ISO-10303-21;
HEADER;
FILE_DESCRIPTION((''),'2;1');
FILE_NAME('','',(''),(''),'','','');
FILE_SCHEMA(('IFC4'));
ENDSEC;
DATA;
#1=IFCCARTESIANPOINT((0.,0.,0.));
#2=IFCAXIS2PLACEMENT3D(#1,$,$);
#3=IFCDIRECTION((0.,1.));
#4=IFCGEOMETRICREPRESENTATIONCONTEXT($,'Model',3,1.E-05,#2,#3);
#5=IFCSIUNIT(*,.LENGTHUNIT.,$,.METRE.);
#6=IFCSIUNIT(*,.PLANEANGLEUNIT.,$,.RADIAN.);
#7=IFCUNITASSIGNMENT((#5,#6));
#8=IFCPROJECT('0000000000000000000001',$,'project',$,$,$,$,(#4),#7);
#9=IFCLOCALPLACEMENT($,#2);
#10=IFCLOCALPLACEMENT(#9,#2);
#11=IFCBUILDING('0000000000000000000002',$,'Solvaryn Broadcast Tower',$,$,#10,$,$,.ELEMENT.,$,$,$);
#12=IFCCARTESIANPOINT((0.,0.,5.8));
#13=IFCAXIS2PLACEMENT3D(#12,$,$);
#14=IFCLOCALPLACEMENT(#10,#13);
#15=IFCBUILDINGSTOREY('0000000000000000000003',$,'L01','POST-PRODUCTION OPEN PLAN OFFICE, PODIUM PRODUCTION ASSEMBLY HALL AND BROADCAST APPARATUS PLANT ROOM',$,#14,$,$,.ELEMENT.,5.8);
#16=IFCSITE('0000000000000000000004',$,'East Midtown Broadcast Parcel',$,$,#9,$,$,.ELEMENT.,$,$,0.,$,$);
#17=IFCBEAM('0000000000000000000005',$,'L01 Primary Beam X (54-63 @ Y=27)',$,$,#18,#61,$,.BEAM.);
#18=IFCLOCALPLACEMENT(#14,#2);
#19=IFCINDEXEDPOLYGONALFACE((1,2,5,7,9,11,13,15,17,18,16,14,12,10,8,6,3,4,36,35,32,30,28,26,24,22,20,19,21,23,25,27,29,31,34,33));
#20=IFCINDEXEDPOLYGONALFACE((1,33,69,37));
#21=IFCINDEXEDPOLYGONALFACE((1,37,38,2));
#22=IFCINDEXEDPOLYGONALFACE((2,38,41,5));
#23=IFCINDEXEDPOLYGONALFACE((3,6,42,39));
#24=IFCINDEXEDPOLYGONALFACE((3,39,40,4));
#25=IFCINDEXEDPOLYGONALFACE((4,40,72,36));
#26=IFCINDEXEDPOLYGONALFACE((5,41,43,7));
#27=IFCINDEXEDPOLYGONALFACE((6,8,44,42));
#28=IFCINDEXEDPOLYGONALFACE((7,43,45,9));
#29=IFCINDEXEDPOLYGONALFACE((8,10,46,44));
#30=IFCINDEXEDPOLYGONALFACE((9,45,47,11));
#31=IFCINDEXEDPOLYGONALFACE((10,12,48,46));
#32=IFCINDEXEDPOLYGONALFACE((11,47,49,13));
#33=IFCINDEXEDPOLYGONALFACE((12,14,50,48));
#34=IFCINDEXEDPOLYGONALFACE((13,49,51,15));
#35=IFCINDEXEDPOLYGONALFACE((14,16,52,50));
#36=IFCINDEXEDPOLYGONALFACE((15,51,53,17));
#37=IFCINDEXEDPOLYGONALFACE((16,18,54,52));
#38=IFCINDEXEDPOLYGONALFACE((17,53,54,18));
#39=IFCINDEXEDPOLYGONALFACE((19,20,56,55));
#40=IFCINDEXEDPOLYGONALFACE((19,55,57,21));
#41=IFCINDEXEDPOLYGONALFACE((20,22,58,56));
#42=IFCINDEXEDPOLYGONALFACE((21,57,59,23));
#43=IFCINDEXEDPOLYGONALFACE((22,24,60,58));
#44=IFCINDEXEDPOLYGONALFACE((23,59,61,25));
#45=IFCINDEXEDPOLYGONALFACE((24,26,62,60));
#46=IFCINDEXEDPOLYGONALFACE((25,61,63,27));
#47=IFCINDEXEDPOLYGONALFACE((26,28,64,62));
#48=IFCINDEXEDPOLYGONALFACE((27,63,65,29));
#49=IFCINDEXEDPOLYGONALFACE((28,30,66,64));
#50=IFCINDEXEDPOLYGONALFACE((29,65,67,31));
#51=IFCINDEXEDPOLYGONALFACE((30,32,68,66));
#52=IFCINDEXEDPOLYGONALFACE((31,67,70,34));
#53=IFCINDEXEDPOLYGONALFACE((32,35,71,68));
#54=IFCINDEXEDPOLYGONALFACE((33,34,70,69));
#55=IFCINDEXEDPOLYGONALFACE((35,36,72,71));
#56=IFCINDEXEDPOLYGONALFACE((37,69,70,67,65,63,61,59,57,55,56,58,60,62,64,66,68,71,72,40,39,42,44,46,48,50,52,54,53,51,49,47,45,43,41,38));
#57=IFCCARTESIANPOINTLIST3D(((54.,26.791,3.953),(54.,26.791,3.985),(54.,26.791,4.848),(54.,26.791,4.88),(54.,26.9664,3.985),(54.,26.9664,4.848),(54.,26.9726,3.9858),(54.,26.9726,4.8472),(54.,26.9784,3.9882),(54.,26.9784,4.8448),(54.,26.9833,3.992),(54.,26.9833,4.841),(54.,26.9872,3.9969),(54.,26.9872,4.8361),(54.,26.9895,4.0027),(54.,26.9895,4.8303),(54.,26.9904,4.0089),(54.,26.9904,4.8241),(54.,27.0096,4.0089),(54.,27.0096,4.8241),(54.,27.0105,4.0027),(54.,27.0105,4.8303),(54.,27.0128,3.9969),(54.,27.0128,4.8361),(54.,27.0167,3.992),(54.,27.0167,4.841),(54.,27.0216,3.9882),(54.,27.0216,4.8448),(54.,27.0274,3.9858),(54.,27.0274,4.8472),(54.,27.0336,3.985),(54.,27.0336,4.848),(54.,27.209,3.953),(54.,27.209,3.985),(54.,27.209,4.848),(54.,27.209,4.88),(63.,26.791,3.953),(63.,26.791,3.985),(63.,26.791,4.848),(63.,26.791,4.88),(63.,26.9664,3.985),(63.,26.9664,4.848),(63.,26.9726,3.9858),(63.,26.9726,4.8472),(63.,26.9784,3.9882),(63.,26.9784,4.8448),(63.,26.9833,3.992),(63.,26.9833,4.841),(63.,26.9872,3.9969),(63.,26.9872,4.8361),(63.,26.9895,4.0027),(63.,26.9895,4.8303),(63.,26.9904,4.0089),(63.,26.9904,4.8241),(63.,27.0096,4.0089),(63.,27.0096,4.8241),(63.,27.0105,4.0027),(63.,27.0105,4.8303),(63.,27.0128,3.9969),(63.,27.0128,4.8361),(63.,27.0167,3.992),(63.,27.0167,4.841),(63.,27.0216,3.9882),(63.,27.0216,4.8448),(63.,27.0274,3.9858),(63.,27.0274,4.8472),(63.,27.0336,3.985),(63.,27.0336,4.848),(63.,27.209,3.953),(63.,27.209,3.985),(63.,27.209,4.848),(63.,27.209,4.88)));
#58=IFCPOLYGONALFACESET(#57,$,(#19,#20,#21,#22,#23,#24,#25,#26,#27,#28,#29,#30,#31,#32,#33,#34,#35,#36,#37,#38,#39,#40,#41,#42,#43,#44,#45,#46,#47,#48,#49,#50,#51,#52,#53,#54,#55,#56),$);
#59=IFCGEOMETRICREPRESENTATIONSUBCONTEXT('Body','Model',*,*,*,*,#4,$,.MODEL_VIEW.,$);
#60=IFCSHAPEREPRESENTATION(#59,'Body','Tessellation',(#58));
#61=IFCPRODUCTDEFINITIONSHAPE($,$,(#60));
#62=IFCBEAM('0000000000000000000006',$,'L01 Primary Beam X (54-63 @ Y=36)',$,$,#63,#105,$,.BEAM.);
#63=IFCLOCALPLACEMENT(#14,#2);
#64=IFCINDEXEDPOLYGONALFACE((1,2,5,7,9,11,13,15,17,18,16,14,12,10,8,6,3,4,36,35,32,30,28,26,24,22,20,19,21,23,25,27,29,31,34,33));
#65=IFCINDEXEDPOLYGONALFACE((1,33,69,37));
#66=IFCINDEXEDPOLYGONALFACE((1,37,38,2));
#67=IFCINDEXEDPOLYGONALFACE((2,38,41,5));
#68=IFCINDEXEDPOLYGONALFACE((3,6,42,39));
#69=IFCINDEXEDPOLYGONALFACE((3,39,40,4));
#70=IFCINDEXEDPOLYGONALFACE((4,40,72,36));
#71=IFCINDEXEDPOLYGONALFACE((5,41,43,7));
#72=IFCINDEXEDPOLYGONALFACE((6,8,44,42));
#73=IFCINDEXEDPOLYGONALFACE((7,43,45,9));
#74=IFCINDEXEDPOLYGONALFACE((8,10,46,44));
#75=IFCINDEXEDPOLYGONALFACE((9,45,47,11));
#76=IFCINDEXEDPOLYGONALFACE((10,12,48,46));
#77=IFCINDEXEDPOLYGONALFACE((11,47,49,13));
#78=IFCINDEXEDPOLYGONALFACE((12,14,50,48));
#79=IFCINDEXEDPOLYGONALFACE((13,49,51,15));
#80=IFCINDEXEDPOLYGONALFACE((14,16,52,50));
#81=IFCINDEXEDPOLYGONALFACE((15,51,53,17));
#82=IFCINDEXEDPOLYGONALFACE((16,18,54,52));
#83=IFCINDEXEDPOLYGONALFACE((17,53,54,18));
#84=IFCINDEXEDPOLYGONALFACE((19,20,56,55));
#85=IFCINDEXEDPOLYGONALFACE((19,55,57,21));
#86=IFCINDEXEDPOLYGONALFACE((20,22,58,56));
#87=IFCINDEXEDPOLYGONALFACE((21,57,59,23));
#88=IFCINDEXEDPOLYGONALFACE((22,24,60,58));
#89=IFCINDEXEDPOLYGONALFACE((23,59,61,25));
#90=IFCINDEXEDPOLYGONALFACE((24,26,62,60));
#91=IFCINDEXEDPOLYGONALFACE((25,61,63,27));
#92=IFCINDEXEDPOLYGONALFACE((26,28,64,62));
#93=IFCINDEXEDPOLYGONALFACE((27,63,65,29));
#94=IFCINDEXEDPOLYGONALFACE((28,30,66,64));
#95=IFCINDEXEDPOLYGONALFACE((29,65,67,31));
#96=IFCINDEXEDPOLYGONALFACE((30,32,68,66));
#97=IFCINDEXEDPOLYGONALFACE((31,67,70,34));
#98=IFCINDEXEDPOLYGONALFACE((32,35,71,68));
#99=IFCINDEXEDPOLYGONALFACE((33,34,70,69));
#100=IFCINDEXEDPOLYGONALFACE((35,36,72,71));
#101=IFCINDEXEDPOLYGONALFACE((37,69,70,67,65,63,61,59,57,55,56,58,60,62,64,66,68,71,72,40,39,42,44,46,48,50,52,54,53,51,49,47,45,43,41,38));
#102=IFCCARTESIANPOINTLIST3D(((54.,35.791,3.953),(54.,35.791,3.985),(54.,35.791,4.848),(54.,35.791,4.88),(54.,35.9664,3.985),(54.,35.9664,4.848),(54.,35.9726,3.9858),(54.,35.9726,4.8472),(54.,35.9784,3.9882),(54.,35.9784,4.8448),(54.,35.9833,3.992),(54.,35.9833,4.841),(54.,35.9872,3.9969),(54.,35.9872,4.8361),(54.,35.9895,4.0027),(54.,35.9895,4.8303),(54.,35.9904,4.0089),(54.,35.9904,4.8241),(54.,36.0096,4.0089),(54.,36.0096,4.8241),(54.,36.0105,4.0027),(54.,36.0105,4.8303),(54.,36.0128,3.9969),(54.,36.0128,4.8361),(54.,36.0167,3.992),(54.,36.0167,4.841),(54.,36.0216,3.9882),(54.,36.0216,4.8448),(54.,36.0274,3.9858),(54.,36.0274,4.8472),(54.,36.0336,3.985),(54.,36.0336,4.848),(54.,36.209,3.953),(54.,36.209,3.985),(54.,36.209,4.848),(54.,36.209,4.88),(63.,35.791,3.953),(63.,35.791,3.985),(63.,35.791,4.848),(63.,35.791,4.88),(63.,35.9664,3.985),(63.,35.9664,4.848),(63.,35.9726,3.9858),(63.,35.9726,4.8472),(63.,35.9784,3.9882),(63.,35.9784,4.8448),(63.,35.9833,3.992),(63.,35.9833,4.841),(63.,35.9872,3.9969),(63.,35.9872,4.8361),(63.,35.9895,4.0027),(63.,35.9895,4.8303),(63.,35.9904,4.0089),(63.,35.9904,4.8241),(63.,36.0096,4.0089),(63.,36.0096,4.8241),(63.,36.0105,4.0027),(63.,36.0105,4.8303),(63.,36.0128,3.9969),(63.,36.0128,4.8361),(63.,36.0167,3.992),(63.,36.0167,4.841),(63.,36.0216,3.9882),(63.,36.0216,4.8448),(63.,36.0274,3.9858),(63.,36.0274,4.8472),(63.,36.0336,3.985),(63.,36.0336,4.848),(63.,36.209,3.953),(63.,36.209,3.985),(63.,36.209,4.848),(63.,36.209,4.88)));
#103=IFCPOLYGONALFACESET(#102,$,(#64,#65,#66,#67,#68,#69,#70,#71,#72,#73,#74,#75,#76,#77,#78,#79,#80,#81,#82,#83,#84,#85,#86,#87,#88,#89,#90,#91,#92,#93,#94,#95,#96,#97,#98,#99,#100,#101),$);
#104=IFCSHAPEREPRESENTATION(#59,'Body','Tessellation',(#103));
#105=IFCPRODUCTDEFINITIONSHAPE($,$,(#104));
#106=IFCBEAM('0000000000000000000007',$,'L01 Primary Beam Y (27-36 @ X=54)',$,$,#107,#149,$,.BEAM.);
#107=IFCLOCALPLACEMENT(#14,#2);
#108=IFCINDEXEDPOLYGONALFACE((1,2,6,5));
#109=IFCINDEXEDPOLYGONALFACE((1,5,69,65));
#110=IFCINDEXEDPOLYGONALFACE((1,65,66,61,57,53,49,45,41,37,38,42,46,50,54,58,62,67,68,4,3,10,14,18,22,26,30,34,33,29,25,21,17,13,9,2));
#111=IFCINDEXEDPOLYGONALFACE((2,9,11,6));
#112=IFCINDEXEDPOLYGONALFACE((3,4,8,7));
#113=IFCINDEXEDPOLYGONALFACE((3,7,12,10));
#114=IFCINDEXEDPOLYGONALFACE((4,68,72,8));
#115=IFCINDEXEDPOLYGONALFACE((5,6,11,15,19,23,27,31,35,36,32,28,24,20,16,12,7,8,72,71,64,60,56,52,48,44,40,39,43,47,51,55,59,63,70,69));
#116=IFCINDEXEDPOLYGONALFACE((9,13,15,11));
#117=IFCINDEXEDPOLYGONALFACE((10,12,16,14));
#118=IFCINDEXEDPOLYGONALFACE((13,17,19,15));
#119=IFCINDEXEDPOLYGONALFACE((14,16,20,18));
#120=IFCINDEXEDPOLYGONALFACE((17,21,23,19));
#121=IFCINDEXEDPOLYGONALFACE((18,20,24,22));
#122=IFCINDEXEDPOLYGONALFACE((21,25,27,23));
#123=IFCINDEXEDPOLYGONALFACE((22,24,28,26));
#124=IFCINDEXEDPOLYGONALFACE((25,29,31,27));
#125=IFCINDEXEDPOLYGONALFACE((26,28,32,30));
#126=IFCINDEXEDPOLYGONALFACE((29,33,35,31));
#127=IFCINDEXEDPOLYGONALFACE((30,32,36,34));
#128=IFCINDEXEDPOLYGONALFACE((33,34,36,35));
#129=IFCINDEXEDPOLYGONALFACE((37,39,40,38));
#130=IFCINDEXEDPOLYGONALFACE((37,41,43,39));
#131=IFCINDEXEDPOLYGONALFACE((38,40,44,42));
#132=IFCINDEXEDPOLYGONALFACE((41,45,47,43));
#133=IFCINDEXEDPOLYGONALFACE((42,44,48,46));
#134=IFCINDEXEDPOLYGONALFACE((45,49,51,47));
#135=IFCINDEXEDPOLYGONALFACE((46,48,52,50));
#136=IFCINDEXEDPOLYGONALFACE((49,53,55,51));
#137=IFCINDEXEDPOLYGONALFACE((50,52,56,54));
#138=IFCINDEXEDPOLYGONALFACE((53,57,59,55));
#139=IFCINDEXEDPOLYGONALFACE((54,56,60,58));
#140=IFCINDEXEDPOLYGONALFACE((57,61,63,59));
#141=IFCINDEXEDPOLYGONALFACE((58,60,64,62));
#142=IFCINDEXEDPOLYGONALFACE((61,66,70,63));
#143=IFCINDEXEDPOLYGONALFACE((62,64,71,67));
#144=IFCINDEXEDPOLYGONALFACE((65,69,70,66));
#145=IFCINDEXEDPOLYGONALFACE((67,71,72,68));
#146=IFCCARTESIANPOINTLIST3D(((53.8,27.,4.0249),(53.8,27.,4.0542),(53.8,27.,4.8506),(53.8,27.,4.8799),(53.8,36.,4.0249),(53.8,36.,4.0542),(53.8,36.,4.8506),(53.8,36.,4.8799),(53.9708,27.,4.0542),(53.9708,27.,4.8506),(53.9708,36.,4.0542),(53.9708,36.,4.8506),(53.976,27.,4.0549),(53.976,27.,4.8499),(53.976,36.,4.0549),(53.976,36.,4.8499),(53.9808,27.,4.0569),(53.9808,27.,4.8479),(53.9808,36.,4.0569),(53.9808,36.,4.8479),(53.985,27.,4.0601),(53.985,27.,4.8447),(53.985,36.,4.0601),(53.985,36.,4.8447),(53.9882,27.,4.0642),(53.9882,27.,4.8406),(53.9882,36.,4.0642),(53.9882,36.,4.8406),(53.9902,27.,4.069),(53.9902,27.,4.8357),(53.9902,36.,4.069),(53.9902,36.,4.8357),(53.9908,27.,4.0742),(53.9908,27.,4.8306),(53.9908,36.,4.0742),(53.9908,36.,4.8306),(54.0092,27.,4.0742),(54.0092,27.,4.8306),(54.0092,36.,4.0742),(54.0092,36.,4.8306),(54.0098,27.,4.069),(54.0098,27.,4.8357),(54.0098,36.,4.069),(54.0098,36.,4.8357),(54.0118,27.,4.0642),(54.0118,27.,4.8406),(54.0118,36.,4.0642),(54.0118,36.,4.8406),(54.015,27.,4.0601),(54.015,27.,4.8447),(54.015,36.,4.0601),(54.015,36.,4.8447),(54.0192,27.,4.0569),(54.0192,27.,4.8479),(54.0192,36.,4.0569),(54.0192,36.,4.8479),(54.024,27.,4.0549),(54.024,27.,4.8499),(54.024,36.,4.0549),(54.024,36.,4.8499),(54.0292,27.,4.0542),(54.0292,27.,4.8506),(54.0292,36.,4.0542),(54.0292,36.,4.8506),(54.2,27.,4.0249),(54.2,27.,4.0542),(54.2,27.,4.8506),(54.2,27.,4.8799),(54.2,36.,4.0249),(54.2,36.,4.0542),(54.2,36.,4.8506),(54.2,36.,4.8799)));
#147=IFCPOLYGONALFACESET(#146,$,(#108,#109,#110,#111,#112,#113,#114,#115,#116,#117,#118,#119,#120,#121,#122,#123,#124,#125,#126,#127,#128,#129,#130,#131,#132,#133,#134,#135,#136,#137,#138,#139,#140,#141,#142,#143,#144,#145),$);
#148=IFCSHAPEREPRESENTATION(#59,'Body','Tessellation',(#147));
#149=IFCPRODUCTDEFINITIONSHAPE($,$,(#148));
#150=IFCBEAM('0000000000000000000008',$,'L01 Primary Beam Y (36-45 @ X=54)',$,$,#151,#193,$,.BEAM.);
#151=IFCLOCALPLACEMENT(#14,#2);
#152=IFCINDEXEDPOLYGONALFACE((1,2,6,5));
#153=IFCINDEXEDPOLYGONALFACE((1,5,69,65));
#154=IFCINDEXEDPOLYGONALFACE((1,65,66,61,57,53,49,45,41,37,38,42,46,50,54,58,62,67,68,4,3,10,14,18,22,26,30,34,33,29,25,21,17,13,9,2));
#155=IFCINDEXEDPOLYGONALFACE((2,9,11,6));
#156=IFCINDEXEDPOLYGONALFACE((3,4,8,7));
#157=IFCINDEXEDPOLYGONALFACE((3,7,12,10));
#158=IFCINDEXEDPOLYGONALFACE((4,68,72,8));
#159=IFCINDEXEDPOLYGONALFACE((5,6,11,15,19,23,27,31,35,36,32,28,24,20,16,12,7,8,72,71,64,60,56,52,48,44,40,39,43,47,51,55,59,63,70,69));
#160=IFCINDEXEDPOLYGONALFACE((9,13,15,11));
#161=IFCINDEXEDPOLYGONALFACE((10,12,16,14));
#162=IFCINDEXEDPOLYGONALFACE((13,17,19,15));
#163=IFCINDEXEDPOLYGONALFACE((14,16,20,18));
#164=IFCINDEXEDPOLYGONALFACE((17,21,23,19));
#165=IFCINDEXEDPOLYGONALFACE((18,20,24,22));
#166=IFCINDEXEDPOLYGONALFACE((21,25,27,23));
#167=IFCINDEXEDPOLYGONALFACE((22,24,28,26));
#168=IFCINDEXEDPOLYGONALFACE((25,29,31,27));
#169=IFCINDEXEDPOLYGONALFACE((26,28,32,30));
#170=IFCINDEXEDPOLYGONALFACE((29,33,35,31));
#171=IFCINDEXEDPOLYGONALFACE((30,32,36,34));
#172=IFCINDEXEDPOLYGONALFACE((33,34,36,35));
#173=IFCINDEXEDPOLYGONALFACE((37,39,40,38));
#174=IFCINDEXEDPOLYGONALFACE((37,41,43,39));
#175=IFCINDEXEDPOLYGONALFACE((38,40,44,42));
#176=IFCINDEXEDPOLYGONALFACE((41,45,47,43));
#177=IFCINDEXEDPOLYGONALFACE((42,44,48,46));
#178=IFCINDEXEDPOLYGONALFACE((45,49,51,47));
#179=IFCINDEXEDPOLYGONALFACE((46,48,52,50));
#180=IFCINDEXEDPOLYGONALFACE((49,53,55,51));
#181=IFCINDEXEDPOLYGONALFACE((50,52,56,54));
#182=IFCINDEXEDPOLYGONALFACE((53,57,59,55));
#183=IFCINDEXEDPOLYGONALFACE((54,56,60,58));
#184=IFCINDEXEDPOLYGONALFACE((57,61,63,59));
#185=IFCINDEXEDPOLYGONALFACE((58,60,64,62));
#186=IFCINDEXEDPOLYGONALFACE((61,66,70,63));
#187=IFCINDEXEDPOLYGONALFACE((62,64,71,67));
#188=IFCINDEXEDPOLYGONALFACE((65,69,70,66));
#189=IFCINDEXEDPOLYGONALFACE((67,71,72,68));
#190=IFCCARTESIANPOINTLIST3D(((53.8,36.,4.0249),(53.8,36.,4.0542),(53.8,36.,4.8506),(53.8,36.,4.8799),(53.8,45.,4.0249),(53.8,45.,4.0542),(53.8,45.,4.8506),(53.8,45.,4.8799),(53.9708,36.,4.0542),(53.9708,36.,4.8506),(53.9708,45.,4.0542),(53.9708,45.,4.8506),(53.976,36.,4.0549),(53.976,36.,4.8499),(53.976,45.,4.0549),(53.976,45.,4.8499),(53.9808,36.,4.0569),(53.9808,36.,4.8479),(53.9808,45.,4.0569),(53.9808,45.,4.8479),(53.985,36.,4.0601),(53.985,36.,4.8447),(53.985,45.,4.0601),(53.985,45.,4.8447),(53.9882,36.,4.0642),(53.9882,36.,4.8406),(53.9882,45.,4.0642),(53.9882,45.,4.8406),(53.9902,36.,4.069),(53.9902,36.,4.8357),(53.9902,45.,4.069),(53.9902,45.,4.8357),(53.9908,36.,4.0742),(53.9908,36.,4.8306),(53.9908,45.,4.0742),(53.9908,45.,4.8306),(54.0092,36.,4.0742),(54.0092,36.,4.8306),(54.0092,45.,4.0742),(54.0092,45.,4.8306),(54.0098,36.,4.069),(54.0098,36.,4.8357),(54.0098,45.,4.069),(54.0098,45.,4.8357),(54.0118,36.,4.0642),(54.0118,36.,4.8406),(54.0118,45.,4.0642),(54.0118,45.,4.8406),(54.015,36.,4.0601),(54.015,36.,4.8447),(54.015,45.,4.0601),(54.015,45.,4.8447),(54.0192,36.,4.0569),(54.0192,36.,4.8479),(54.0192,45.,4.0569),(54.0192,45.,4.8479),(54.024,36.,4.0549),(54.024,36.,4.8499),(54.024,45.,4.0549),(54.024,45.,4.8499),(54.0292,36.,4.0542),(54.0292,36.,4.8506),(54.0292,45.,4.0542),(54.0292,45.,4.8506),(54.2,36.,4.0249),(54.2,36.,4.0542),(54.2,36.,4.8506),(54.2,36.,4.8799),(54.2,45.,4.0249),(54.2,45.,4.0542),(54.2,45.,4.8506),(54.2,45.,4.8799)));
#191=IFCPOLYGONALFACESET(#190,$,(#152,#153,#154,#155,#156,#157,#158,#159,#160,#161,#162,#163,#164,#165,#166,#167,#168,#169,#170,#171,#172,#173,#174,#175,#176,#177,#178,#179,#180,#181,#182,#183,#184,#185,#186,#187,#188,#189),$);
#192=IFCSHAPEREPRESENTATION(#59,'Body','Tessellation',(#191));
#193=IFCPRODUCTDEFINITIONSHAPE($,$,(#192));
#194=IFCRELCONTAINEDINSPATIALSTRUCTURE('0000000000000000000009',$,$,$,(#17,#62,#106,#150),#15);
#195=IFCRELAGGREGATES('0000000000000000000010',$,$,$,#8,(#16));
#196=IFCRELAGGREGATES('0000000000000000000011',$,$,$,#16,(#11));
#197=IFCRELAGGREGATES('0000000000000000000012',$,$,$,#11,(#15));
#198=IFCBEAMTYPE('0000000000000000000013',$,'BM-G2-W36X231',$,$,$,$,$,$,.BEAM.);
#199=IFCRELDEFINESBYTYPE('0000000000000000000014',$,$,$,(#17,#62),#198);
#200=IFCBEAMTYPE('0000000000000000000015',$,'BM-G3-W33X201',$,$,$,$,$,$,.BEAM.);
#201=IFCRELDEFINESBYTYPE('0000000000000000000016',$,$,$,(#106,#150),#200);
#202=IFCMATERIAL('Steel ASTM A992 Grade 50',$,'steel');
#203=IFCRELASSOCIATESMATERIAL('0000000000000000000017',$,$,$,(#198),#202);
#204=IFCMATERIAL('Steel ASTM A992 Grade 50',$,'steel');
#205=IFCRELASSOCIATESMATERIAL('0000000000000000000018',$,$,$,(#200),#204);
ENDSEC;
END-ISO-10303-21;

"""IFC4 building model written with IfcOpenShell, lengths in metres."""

from ifc_helpers import new_model, si_unit, direction, frame, origin, origin_2d, place, context, subcontext, project, spatial, i_section, extrude, material, material_profile, profile_set, type_object, element, save


model = new_model("IFC4")

# Units and contexts
model_context = context("Model", 3, precision=1e-05, world=origin(), true_north=direction((0.0, 1.0)))
body_context = subcontext(model_context, "Body", "Model", "MODEL_VIEW")
ifc_project = project(units=[si_unit("LENGTHUNIT", "METRE"), si_unit("PLANEANGLEUNIT", "RADIAN")], contexts=[model_context])

# Site, building, storey
site_placement = place(None, origin())
site = spatial("IfcSite", under=ifc_project, at=site_placement, Name="East Midtown Broadcast Parcel", CompositionType="ELEMENT", RefElevation=0.0)
building_placement = place(site_placement, origin())
building = spatial("IfcBuilding", under=site, at=building_placement, Name="Solvaryn Broadcast Tower", CompositionType="ELEMENT")
storey_placement = place(building_placement, frame((0.0, 0.0, 5.8)))
storey = spatial("IfcBuildingStorey", under=building, at=storey_placement, Name="L01", Description="POST-PRODUCTION OPEN PLAN OFFICE, PODIUM PRODUCTION ASSEMBLY HALL AND BROADCAST APPARATUS PLANT ROOM", CompositionType="ELEMENT", Elevation=5.8)

# Beams
ifc_material_1 = material(Name="Steel ASTM A992 Grade 50", Category="steel")
ifc_material_profile_1 = material_profile(ifc_material_1, i_section(OverallWidth=0.418, OverallDepth=0.927, WebThickness=0.0193, FlangeThickness=0.032, FilletRadius=0.0239, at=origin_2d()))
ifc_profile_set_1 = profile_set([ifc_material_profile_1], Name="Steel ASTM A992 Grade 50")
beam_type_1 = type_object("IfcBeamType", Name="BM-G2-W36X231", PredefinedType="BEAM", material=ifc_profile_set_1)
for number, where, z_axis, x_axis, name in (
    (1, (54.0, 27.0, 4.4165), (1.0, 0.0, 0.0), (0.0, 1.0, 0.0), "L01 Primary Beam X (54-63 @ Y=27)"),
    (2, (54.0, 36.0, 4.4165), (1.0, 0.0, 0.0), (0.0, 1.0, 0.0), "L01 Primary Beam X (54-63 @ Y=36)"),
):
    element("IfcBeam", number, at=place(storey_placement, frame(where, z_axis=z_axis, x_axis=x_axis)), inside=storey, type_object=beam_type_1, Name=name, PredefinedType="BEAM", context=body_context, shape_type="SweptSolid", body=[
        extrude(i_section(OverallWidth=0.418, OverallDepth=0.927, WebThickness=0.0193, FlangeThickness=0.032, FilletRadius=0.0239, at=origin_2d()), origin(), (0.0, 0.0, 1.0), 9.0),
    ])
ifc_material_2 = material(Name="Steel ASTM A992 Grade 50", Category="steel")
ifc_material_profile_2 = material_profile(ifc_material_2, i_section(OverallWidth=0.3999, OverallDepth=0.855, WebThickness=0.0183, FlangeThickness=0.0293, FilletRadius=0.02, at=origin_2d()))
ifc_profile_set_2 = profile_set([ifc_material_profile_2], Name="Steel ASTM A992 Grade 50")
beam_type_2 = type_object("IfcBeamType", Name="BM-G3-W33X201", PredefinedType="BEAM", material=ifc_profile_set_2)
for number, where, z_axis, x_axis, name in (
    (3, (54.0, 27.0, 4.4524), (0.0, 1.0, 0.0), (-1.0, 0.0, 0.0), "L01 Primary Beam Y (27-36 @ X=54)"),
    (4, (54.0, 36.0, 4.4524), (0.0, 1.0, 0.0), (-1.0, 0.0, 0.0), "L01 Primary Beam Y (36-45 @ X=54)"),
):
    element("IfcBeam", number, at=place(storey_placement, frame(where, z_axis=z_axis, x_axis=x_axis)), inside=storey, type_object=beam_type_2, Name=name, PredefinedType="BEAM", context=body_context, shape_type="SweptSolid", body=[
        extrude(i_section(OverallWidth=0.3999, OverallDepth=0.855, WebThickness=0.0183, FlangeThickness=0.0293, FilletRadius=0.02, at=origin_2d()), origin(), (0.0, 0.0, 1.0), 9.0),
    ])

save(model, "model.ifc")
